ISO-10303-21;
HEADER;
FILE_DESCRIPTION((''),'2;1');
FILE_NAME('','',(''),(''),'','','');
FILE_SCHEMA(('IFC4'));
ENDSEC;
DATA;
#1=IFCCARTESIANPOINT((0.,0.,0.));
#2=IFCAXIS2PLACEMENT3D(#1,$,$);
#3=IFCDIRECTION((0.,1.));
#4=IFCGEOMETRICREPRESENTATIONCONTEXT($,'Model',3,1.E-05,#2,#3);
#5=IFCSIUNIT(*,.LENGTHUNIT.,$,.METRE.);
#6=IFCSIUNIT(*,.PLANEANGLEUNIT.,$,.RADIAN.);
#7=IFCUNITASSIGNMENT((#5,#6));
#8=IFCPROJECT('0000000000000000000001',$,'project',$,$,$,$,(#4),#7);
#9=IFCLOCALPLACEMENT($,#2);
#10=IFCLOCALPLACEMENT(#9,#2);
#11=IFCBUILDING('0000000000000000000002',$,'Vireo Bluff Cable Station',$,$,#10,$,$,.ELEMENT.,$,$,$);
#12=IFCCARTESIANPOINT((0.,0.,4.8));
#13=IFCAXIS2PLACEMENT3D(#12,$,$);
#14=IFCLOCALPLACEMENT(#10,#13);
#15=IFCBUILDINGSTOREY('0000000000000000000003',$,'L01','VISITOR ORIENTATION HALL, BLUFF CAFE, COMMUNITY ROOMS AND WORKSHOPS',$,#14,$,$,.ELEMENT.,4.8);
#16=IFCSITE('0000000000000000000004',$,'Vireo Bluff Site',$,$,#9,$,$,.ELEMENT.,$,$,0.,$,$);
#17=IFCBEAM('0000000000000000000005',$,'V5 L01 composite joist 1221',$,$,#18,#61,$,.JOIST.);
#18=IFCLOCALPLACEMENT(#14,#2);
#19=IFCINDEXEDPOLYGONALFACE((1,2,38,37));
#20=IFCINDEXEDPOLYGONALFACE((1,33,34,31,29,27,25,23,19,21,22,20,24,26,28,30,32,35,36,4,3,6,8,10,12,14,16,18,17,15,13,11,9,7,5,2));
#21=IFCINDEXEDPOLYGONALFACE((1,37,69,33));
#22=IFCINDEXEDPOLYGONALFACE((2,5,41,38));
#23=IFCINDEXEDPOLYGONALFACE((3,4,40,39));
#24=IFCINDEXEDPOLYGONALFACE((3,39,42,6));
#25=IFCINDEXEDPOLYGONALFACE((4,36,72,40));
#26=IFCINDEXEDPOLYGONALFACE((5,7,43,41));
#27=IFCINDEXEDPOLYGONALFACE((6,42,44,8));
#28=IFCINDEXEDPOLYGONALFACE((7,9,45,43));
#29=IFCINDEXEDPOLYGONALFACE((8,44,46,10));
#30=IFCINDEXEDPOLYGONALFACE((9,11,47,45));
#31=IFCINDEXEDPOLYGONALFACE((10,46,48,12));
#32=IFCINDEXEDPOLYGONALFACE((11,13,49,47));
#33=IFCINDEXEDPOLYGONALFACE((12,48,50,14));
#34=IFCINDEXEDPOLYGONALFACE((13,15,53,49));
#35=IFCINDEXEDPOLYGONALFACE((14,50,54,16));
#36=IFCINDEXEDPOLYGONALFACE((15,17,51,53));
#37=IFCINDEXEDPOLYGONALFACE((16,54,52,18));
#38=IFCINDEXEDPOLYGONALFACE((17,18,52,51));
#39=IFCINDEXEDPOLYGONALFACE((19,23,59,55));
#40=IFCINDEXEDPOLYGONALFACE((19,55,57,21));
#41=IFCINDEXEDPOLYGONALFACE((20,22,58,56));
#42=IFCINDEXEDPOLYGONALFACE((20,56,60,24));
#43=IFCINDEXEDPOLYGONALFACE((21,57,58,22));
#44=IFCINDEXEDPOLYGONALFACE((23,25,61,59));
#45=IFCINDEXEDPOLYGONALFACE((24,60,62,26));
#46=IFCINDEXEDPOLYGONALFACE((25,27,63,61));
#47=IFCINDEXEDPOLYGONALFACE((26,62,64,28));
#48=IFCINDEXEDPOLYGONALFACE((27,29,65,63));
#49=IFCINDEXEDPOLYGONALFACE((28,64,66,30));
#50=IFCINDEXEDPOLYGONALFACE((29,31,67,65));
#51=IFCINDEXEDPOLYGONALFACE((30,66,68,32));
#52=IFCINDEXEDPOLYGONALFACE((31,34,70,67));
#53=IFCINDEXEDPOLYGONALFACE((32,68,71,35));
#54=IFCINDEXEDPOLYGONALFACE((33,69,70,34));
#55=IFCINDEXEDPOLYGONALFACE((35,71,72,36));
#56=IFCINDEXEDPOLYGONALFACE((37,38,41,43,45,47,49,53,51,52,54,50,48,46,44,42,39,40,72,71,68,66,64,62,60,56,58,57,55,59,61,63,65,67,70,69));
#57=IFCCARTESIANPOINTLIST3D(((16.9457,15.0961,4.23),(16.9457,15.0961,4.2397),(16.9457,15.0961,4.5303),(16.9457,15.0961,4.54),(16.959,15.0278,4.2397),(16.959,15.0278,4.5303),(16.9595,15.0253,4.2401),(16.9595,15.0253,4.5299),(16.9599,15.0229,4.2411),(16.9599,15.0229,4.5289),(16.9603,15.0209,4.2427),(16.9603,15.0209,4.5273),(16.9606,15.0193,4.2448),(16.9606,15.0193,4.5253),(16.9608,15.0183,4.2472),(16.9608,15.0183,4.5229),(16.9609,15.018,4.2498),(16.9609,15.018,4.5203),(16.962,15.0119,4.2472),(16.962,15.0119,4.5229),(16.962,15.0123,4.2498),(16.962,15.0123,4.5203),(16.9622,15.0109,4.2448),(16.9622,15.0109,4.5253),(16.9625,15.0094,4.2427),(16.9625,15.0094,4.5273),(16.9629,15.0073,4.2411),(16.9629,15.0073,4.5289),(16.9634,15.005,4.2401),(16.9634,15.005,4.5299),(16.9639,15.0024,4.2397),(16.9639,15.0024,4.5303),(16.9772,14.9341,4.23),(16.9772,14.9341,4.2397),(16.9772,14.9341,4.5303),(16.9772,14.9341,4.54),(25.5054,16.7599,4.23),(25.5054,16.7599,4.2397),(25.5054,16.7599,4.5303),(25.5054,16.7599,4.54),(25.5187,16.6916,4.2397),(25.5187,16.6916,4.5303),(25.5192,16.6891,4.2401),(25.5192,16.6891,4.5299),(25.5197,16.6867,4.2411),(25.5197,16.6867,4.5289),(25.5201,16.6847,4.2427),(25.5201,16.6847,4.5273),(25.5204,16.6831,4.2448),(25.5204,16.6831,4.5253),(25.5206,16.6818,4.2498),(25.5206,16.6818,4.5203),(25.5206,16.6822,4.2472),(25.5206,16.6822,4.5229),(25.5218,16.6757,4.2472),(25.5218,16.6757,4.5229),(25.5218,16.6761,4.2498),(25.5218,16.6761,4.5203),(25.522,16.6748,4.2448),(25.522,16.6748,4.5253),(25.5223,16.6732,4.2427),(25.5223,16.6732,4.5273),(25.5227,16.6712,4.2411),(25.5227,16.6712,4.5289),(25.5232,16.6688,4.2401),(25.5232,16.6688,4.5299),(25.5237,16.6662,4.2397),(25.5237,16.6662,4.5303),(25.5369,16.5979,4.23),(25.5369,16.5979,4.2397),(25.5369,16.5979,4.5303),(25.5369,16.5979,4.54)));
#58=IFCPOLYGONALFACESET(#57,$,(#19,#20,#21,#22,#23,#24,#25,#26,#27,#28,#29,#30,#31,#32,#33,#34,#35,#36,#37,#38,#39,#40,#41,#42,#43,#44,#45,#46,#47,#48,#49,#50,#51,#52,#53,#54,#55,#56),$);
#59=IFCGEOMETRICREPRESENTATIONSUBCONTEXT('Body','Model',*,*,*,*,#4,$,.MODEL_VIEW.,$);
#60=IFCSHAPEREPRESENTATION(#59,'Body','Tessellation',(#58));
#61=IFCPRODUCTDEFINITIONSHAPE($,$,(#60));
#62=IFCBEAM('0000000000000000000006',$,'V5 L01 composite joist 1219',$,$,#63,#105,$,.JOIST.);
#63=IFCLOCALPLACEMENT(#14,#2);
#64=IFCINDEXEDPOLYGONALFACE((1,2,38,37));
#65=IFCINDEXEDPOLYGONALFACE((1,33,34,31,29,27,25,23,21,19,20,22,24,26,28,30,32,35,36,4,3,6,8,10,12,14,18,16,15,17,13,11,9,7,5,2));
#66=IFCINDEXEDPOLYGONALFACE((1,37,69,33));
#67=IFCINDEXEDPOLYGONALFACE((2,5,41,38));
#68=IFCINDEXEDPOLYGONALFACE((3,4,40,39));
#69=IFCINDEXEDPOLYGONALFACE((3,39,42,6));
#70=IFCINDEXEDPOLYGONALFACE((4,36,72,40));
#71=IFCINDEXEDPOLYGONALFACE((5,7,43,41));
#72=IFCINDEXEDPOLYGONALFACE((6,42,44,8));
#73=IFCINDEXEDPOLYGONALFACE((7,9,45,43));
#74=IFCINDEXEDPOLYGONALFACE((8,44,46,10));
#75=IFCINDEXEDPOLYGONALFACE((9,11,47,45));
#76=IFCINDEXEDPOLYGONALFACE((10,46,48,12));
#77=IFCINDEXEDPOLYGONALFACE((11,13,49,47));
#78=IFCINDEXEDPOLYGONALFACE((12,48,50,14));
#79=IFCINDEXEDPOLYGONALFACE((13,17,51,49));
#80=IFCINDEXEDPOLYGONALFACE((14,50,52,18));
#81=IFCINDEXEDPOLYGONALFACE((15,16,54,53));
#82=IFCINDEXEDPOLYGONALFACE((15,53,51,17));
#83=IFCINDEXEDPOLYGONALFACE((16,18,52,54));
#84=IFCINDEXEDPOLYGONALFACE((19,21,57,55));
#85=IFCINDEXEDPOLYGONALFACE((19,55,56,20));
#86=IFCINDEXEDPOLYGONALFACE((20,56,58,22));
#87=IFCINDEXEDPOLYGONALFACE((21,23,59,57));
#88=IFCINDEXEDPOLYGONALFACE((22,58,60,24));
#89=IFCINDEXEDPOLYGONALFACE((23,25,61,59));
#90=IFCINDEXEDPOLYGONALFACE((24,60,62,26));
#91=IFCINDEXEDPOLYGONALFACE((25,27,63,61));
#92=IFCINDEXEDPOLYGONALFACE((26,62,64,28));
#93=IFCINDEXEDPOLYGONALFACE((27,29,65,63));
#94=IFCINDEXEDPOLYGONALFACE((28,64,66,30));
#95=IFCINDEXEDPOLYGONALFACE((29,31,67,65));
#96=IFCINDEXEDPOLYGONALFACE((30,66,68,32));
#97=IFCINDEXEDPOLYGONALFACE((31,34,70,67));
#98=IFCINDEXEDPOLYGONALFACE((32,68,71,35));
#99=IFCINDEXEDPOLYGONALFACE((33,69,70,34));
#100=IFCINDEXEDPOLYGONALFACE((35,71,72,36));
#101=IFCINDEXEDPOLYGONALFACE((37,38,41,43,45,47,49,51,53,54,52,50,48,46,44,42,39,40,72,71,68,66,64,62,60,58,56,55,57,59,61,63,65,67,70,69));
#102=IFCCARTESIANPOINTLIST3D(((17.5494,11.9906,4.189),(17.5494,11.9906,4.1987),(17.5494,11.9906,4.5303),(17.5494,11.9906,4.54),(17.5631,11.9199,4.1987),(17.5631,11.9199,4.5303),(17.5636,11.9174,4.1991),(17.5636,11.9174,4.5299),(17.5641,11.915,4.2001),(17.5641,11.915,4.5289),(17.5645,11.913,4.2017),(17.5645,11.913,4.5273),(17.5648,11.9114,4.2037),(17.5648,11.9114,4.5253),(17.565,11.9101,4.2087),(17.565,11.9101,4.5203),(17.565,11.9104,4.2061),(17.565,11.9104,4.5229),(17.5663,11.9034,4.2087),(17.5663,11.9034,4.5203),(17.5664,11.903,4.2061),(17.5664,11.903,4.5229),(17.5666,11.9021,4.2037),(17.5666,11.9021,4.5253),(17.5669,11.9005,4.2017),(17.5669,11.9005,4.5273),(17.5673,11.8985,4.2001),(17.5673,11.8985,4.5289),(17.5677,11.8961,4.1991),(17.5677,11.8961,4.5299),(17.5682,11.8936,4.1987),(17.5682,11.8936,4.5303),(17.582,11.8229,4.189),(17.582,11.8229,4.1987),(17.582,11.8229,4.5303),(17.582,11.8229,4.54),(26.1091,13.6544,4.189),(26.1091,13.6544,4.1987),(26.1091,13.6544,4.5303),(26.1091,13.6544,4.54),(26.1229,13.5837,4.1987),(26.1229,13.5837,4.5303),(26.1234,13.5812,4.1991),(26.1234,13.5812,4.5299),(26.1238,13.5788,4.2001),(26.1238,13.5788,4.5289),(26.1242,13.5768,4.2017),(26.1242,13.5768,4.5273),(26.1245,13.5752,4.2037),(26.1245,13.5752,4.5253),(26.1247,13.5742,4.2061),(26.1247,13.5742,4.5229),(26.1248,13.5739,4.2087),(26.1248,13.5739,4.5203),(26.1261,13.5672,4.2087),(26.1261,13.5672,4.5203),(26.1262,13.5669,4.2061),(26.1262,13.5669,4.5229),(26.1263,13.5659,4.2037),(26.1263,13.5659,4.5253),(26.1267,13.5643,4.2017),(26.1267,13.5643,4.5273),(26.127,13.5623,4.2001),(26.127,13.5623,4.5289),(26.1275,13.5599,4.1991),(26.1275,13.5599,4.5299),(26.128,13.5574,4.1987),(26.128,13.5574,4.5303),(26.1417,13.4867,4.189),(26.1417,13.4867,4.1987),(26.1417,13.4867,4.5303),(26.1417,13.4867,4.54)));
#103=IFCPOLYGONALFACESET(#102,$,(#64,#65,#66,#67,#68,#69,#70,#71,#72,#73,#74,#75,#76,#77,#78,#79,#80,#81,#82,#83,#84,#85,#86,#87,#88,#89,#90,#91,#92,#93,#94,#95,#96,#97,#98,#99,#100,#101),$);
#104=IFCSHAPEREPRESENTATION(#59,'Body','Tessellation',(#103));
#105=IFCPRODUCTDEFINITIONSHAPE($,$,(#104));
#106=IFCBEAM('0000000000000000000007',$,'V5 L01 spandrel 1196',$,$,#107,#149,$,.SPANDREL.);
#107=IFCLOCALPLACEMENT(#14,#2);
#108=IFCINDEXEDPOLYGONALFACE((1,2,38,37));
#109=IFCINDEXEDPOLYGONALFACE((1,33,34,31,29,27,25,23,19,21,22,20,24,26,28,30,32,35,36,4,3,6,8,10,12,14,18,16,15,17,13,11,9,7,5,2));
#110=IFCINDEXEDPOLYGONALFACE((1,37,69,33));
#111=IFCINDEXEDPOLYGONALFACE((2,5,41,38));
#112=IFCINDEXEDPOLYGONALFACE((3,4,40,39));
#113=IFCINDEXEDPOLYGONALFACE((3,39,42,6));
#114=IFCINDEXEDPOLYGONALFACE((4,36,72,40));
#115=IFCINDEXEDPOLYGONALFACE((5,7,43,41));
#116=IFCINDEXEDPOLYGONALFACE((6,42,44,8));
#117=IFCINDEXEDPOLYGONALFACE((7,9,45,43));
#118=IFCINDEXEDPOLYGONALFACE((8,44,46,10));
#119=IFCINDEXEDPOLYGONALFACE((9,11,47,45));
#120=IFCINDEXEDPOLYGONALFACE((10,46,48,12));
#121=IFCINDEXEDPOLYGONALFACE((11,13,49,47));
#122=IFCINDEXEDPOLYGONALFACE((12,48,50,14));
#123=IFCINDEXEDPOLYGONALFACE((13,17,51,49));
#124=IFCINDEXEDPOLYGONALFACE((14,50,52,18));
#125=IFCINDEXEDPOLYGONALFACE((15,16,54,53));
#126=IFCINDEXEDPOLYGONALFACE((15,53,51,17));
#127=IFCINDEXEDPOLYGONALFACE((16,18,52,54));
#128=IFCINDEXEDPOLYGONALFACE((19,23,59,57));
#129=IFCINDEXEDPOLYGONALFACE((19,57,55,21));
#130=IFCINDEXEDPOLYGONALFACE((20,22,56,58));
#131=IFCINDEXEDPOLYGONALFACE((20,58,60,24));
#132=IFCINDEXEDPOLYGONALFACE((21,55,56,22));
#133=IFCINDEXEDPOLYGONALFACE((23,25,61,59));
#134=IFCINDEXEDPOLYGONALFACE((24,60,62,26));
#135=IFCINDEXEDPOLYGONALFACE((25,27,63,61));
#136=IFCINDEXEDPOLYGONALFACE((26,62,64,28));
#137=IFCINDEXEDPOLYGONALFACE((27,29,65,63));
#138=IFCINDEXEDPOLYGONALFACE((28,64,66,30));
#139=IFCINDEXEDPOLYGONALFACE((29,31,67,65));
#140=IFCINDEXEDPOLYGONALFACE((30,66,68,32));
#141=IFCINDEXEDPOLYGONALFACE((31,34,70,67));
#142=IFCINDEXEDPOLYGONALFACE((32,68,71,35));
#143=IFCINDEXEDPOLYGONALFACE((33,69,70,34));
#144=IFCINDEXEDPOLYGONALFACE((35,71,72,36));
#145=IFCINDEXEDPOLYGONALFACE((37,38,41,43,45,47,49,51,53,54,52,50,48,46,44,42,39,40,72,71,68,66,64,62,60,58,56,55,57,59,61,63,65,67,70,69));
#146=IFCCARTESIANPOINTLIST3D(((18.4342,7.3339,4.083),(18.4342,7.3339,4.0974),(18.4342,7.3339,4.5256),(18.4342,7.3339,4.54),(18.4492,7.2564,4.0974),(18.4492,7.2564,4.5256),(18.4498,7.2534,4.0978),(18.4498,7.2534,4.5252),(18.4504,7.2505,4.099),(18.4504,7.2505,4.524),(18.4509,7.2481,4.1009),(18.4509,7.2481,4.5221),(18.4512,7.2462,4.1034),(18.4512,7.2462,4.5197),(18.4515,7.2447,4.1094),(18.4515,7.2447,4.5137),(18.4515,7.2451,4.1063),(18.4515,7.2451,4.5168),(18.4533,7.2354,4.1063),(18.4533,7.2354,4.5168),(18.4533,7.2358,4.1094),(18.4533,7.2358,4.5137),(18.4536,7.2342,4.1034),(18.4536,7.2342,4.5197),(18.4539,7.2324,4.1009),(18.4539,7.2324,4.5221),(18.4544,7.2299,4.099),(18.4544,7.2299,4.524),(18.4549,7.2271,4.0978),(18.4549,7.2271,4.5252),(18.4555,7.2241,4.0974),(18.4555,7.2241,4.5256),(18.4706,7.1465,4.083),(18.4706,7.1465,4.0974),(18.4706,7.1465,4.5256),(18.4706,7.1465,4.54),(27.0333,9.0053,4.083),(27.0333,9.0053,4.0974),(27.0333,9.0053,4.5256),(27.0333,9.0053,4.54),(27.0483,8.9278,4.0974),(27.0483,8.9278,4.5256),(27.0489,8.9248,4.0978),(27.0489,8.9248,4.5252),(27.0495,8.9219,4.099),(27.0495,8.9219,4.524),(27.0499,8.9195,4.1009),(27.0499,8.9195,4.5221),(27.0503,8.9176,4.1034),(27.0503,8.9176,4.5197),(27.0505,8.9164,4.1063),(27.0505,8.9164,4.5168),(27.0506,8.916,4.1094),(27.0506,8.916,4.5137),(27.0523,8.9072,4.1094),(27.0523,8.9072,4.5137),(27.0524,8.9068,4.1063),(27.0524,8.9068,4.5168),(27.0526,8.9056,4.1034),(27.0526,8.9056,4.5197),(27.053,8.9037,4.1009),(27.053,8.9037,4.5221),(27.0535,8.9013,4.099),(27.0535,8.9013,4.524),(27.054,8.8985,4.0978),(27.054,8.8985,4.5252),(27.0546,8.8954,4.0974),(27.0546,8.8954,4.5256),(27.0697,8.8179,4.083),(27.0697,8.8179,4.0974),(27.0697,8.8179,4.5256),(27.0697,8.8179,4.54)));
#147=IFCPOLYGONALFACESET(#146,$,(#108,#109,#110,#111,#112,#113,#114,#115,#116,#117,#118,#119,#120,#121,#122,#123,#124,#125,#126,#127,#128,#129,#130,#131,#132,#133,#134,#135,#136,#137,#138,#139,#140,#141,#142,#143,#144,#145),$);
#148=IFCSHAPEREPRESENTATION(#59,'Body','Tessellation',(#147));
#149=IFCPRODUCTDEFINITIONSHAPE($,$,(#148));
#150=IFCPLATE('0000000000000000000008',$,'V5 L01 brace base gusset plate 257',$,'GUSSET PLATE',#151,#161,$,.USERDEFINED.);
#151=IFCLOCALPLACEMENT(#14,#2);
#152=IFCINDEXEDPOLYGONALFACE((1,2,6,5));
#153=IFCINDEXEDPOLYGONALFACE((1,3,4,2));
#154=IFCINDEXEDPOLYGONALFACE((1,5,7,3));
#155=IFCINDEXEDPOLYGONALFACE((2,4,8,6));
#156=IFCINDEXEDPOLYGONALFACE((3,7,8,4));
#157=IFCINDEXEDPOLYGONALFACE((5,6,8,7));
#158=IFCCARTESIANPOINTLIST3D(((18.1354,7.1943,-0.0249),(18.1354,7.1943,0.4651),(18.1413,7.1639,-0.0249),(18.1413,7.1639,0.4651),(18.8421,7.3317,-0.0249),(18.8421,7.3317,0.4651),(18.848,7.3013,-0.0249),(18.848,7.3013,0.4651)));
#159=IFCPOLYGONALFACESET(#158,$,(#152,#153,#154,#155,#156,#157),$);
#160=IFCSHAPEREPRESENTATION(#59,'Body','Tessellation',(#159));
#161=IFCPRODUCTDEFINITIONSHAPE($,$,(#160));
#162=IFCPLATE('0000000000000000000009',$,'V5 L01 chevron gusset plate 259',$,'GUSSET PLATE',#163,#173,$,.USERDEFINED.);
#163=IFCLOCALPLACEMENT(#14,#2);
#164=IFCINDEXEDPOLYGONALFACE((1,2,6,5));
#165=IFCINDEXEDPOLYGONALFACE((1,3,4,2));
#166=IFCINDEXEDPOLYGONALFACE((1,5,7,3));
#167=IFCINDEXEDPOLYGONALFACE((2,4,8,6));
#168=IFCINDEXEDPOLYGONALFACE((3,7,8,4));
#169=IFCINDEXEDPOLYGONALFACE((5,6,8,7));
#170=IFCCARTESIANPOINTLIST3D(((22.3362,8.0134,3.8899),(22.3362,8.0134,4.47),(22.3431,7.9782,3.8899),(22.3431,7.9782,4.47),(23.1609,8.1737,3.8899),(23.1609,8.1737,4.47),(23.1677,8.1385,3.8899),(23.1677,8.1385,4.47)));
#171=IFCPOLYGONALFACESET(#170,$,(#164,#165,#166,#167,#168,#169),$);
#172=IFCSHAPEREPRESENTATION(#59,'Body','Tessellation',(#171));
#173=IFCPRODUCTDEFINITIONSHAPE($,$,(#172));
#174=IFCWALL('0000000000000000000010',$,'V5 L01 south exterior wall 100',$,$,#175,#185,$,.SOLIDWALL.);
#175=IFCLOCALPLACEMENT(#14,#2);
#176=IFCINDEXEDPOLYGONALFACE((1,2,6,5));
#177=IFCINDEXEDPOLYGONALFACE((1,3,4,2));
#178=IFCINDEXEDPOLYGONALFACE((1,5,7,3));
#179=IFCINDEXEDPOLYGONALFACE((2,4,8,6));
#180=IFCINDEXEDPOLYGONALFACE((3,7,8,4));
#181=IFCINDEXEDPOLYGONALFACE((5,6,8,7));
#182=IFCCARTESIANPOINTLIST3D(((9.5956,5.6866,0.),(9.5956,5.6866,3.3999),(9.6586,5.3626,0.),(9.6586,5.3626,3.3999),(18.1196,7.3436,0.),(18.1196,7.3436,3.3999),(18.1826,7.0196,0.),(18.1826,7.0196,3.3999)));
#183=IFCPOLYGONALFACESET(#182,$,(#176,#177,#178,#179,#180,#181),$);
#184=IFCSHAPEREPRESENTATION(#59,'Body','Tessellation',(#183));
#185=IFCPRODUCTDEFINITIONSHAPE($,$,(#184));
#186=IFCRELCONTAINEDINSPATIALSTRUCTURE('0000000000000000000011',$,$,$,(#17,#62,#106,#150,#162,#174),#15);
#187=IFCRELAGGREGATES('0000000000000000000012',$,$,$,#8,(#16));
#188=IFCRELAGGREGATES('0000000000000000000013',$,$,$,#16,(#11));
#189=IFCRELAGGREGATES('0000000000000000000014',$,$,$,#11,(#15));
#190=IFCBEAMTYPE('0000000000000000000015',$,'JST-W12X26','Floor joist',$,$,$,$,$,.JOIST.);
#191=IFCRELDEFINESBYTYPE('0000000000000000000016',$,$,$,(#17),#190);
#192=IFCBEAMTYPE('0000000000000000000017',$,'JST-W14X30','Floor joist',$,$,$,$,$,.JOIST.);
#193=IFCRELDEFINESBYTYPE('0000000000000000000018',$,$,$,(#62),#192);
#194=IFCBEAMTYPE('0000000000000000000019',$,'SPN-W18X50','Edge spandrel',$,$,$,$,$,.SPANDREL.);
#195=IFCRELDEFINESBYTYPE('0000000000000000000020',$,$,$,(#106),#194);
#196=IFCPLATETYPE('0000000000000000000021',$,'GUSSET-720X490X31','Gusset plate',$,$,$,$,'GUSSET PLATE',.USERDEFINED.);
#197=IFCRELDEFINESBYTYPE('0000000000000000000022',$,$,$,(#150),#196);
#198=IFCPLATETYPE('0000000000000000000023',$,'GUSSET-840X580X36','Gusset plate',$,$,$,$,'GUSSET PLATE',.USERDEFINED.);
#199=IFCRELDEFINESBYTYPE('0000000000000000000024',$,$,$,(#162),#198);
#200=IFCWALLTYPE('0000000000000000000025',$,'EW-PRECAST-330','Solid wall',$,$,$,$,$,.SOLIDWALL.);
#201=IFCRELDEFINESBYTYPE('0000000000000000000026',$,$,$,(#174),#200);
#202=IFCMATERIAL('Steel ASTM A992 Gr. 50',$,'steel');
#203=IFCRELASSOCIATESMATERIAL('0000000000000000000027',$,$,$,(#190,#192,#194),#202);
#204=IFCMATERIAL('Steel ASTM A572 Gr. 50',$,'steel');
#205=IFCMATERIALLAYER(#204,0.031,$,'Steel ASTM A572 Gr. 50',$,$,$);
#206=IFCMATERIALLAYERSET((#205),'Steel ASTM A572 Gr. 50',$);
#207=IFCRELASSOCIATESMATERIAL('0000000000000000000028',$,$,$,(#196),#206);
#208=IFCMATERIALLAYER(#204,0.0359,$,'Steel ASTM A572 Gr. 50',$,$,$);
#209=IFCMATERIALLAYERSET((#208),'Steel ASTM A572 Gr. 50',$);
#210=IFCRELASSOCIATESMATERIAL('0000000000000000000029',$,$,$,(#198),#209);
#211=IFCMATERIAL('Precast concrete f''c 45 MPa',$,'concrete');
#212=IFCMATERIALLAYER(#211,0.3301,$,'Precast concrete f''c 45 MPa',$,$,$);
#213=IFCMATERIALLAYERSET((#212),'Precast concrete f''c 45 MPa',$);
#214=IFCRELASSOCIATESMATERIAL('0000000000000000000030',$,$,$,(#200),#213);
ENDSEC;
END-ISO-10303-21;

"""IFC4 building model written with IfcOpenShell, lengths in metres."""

from ifc_helpers import new_model, si_unit, direction, frame, frame_2d, origin, origin_2d, place, context, subcontext, project, spatial, rectangle, i_section, extrude, material, layer, layer_set, material_profile, profile_set, type_object, element, save


model = new_model("IFC4")

# Units and contexts
model_context = context("Model", 3, precision=1e-05, world=origin(), true_north=direction((0.0, 1.0)))
body_context = subcontext(model_context, "Body", "Model", "MODEL_VIEW")
ifc_project = project(units=[si_unit("LENGTHUNIT", "METRE"), si_unit("PLANEANGLEUNIT", "RADIAN")], contexts=[model_context])

# Site, building, storey
site_placement = place(None, origin())
site = spatial("IfcSite", under=ifc_project, at=site_placement, Name="Vireo Bluff Site", CompositionType="ELEMENT", RefElevation=0.0)
building_placement = place(site_placement, origin())
building = spatial("IfcBuilding", under=site, at=building_placement, Name="Vireo Bluff Cable Station", CompositionType="ELEMENT")
storey_placement = place(building_placement, frame((0.0, 0.0, 4.8)))
storey = spatial("IfcBuildingStorey", under=building, at=storey_placement, Name="L01", Description="VISITOR ORIENTATION HALL, BLUFF CAFE, COMMUNITY ROOMS AND WORKSHOPS", CompositionType="ELEMENT", Elevation=4.8)

# Shared definitions
ifc_material_1 = material(Name="Steel ASTM A992 Gr. 50", Category="steel")

# Beams
ifc_material_profile_1 = material_profile(ifc_material_1, i_section(OverallWidth=0.165, OverallDepth=0.3101, WebThickness=0.0059, FlangeThickness=0.0098, FilletRadius=0.01, at=origin_2d()), Name="W12X26")
ifc_profile_set_1 = profile_set([ifc_material_profile_1], Name="Steel ASTM A992 Gr. 50")
beam_type_1 = type_object("IfcBeamType", Name="JST-W12X26", Description="Floor joist", PredefinedType="JOIST", material=ifc_profile_set_1)
for number, where, z_axis, x_axis, name in (
    (1, (16.9614, 15.0151, 4.385), (0.981628, 0.190804, 0.0), (-0.190804, 0.981628, 0.0), "V5 L01 composite joist 1221"),
):
    element("IfcBeam", number, at=place(storey_placement, frame(where, z_axis=z_axis, x_axis=x_axis)), inside=storey, type_object=beam_type_1, Name=name, PredefinedType="JOIST", context=body_context, shape_type="SweptSolid", body=[
        extrude(i_section(OverallWidth=0.165, OverallDepth=0.3101, WebThickness=0.0059, FlangeThickness=0.0098, FilletRadius=0.01, at=origin_2d()), origin(), (0.0, 0.0, 1.0), 8.72),
    ])
ifc_material_profile_2 = material_profile(ifc_material_1, i_section(OverallWidth=0.1709, OverallDepth=0.3511, WebThickness=0.0068, FlangeThickness=0.0098, FilletRadius=0.01, at=origin_2d()), Name="W14X30")
ifc_profile_set_2 = profile_set([ifc_material_profile_2], Name="Steel ASTM A992 Gr. 50")
beam_type_2 = type_object("IfcBeamType", Name="JST-W14X30", Description="Floor joist", PredefinedType="JOIST", material=ifc_profile_set_2)
beam_1_placement = place(storey_placement, frame((17.5657, 11.9067, 4.3645), z_axis=(0.981628, 0.190804, 0.0), x_axis=(-0.190804, 0.981628, 0.0)))
element("IfcBeam", 2, at=beam_1_placement, inside=storey, type_object=beam_type_2, Name="V5 L01 composite joist 1219", PredefinedType="JOIST", context=body_context, shape_type="SweptSolid", body=[
    extrude(i_section(OverallWidth=0.1709, OverallDepth=0.3511, WebThickness=0.0068, FlangeThickness=0.0098, FilletRadius=0.01, at=origin_2d()), origin(), (0.0, 0.0, 1.0), 8.72),
])
ifc_material_profile_3 = material_profile(ifc_material_1, i_section(OverallWidth=0.1909, OverallDepth=0.457, WebThickness=0.009, FlangeThickness=0.0144, FilletRadius=0.012, at=origin_2d()), Name="W18X50")
ifc_profile_set_3 = profile_set([ifc_material_profile_3], Name="Steel ASTM A992 Gr. 50")
beam_type_3 = type_object("IfcBeamType", Name="SPN-W18X50", Description="Edge spandrel", PredefinedType="SPANDREL", material=ifc_profile_set_3)
beam_2_placement = place(storey_placement, frame((18.4524, 7.2402, 4.3115), z_axis=(0.98163, 0.190797, 0.0), x_axis=(-0.190797, 0.98163, 0.0)))
element("IfcBeam", 3, at=beam_2_placement, inside=storey, type_object=beam_type_3, Name="V5 L01 spandrel 1196", PredefinedType="SPANDREL", context=body_context, shape_type="SweptSolid", body=[
    extrude(i_section(OverallWidth=0.1909, OverallDepth=0.457, WebThickness=0.009, FlangeThickness=0.0144, FilletRadius=0.012, at=origin_2d()), origin(), (0.0, 0.0, 1.0), 8.76),
])

# Plates
ifc_material_2 = material(Name="Steel ASTM A572 Gr. 50", Category="steel")
ifc_layer_1 = layer(ifc_material_2, 0.031, Name="Steel ASTM A572 Gr. 50")
ifc_layer_set_1 = layer_set([ifc_layer_1], Name="Steel ASTM A572 Gr. 50")
plate_type_1 = type_object("IfcPlateType", Name="GUSSET-720X490X31", Description="Gusset plate", ElementType="GUSSET PLATE", PredefinedType="USERDEFINED", material=ifc_layer_set_1)
plate_1_placement = place(storey_placement, frame((18.4917, 7.2478, -0.0249), z_axis=(0.0, 0.0, 1.0), x_axis=(0.981627, 0.190809, 0.0)))
element("IfcPlate", 4, at=plate_1_placement, inside=storey, type_object=plate_type_1, Name="V5 L01 brace base gusset plate 257", ObjectType="GUSSET PLATE", PredefinedType="USERDEFINED", context=body_context, shape_type="SweptSolid", body=[
    extrude(rectangle(XDim=0.72, YDim=0.031, at=origin_2d()), origin(), (0.0, 0.0, 1.0), 0.49),
])
ifc_layer_2 = layer(ifc_material_2, 0.0359, Name="Steel ASTM A572 Gr. 50")
ifc_layer_set_2 = layer_set([ifc_layer_2], Name="Steel ASTM A572 Gr. 50")
plate_type_2 = type_object("IfcPlateType", Name="GUSSET-840X580X36", Description="Gusset plate", ElementType="GUSSET PLATE", PredefinedType="USERDEFINED", material=ifc_layer_set_2)
plate_2_placement = place(storey_placement, frame((22.752, 8.0759, 3.8899), z_axis=(0.0, 0.0, 1.0), x_axis=(0.981627, 0.190809, 0.0)))
element("IfcPlate", 5, at=plate_2_placement, inside=storey, type_object=plate_type_2, Name="V5 L01 chevron gusset plate 259", ObjectType="GUSSET PLATE", PredefinedType="USERDEFINED", context=body_context, shape_type="SweptSolid", body=[
    extrude(rectangle(XDim=0.8401, YDim=0.0359, at=origin_2d()), origin(), (0.0, 0.0, 1.0), 0.5801),
])

# Wall
ifc_material_3 = material(Name="Precast concrete f'c 45 MPa", Category="concrete")
ifc_layer_3 = layer(ifc_material_3, 0.3301, Name="Precast concrete f'c 45 MPa")
ifc_layer_set_3 = layer_set([ifc_layer_3], Name="Precast concrete f'c 45 MPa")
wall_type_1 = type_object("IfcWallType", Name="EW-PRECAST-330", Description="Solid wall", PredefinedType="SOLIDWALL", material=ifc_layer_set_3)
wall_1_placement = place(storey_placement, frame((18.1511, 7.1816, 0.0), z_axis=(0.0, 0.0, 1.0), x_axis=(-0.981625, -0.19082, 0.0)))
element("IfcWall", 6, at=wall_1_placement, inside=storey, type_object=wall_type_1, Name="V5 L01 south exterior wall 100", PredefinedType="SOLIDWALL", context=body_context, shape_type="SweptSolid", body=[
    extrude(rectangle(XDim=8.6836, YDim=0.3301, at=frame_2d((4.3418, 0.0))), origin(), (0.0, 0.0, 1.0), 3.3999),
])

save(model, "model.ifc")
